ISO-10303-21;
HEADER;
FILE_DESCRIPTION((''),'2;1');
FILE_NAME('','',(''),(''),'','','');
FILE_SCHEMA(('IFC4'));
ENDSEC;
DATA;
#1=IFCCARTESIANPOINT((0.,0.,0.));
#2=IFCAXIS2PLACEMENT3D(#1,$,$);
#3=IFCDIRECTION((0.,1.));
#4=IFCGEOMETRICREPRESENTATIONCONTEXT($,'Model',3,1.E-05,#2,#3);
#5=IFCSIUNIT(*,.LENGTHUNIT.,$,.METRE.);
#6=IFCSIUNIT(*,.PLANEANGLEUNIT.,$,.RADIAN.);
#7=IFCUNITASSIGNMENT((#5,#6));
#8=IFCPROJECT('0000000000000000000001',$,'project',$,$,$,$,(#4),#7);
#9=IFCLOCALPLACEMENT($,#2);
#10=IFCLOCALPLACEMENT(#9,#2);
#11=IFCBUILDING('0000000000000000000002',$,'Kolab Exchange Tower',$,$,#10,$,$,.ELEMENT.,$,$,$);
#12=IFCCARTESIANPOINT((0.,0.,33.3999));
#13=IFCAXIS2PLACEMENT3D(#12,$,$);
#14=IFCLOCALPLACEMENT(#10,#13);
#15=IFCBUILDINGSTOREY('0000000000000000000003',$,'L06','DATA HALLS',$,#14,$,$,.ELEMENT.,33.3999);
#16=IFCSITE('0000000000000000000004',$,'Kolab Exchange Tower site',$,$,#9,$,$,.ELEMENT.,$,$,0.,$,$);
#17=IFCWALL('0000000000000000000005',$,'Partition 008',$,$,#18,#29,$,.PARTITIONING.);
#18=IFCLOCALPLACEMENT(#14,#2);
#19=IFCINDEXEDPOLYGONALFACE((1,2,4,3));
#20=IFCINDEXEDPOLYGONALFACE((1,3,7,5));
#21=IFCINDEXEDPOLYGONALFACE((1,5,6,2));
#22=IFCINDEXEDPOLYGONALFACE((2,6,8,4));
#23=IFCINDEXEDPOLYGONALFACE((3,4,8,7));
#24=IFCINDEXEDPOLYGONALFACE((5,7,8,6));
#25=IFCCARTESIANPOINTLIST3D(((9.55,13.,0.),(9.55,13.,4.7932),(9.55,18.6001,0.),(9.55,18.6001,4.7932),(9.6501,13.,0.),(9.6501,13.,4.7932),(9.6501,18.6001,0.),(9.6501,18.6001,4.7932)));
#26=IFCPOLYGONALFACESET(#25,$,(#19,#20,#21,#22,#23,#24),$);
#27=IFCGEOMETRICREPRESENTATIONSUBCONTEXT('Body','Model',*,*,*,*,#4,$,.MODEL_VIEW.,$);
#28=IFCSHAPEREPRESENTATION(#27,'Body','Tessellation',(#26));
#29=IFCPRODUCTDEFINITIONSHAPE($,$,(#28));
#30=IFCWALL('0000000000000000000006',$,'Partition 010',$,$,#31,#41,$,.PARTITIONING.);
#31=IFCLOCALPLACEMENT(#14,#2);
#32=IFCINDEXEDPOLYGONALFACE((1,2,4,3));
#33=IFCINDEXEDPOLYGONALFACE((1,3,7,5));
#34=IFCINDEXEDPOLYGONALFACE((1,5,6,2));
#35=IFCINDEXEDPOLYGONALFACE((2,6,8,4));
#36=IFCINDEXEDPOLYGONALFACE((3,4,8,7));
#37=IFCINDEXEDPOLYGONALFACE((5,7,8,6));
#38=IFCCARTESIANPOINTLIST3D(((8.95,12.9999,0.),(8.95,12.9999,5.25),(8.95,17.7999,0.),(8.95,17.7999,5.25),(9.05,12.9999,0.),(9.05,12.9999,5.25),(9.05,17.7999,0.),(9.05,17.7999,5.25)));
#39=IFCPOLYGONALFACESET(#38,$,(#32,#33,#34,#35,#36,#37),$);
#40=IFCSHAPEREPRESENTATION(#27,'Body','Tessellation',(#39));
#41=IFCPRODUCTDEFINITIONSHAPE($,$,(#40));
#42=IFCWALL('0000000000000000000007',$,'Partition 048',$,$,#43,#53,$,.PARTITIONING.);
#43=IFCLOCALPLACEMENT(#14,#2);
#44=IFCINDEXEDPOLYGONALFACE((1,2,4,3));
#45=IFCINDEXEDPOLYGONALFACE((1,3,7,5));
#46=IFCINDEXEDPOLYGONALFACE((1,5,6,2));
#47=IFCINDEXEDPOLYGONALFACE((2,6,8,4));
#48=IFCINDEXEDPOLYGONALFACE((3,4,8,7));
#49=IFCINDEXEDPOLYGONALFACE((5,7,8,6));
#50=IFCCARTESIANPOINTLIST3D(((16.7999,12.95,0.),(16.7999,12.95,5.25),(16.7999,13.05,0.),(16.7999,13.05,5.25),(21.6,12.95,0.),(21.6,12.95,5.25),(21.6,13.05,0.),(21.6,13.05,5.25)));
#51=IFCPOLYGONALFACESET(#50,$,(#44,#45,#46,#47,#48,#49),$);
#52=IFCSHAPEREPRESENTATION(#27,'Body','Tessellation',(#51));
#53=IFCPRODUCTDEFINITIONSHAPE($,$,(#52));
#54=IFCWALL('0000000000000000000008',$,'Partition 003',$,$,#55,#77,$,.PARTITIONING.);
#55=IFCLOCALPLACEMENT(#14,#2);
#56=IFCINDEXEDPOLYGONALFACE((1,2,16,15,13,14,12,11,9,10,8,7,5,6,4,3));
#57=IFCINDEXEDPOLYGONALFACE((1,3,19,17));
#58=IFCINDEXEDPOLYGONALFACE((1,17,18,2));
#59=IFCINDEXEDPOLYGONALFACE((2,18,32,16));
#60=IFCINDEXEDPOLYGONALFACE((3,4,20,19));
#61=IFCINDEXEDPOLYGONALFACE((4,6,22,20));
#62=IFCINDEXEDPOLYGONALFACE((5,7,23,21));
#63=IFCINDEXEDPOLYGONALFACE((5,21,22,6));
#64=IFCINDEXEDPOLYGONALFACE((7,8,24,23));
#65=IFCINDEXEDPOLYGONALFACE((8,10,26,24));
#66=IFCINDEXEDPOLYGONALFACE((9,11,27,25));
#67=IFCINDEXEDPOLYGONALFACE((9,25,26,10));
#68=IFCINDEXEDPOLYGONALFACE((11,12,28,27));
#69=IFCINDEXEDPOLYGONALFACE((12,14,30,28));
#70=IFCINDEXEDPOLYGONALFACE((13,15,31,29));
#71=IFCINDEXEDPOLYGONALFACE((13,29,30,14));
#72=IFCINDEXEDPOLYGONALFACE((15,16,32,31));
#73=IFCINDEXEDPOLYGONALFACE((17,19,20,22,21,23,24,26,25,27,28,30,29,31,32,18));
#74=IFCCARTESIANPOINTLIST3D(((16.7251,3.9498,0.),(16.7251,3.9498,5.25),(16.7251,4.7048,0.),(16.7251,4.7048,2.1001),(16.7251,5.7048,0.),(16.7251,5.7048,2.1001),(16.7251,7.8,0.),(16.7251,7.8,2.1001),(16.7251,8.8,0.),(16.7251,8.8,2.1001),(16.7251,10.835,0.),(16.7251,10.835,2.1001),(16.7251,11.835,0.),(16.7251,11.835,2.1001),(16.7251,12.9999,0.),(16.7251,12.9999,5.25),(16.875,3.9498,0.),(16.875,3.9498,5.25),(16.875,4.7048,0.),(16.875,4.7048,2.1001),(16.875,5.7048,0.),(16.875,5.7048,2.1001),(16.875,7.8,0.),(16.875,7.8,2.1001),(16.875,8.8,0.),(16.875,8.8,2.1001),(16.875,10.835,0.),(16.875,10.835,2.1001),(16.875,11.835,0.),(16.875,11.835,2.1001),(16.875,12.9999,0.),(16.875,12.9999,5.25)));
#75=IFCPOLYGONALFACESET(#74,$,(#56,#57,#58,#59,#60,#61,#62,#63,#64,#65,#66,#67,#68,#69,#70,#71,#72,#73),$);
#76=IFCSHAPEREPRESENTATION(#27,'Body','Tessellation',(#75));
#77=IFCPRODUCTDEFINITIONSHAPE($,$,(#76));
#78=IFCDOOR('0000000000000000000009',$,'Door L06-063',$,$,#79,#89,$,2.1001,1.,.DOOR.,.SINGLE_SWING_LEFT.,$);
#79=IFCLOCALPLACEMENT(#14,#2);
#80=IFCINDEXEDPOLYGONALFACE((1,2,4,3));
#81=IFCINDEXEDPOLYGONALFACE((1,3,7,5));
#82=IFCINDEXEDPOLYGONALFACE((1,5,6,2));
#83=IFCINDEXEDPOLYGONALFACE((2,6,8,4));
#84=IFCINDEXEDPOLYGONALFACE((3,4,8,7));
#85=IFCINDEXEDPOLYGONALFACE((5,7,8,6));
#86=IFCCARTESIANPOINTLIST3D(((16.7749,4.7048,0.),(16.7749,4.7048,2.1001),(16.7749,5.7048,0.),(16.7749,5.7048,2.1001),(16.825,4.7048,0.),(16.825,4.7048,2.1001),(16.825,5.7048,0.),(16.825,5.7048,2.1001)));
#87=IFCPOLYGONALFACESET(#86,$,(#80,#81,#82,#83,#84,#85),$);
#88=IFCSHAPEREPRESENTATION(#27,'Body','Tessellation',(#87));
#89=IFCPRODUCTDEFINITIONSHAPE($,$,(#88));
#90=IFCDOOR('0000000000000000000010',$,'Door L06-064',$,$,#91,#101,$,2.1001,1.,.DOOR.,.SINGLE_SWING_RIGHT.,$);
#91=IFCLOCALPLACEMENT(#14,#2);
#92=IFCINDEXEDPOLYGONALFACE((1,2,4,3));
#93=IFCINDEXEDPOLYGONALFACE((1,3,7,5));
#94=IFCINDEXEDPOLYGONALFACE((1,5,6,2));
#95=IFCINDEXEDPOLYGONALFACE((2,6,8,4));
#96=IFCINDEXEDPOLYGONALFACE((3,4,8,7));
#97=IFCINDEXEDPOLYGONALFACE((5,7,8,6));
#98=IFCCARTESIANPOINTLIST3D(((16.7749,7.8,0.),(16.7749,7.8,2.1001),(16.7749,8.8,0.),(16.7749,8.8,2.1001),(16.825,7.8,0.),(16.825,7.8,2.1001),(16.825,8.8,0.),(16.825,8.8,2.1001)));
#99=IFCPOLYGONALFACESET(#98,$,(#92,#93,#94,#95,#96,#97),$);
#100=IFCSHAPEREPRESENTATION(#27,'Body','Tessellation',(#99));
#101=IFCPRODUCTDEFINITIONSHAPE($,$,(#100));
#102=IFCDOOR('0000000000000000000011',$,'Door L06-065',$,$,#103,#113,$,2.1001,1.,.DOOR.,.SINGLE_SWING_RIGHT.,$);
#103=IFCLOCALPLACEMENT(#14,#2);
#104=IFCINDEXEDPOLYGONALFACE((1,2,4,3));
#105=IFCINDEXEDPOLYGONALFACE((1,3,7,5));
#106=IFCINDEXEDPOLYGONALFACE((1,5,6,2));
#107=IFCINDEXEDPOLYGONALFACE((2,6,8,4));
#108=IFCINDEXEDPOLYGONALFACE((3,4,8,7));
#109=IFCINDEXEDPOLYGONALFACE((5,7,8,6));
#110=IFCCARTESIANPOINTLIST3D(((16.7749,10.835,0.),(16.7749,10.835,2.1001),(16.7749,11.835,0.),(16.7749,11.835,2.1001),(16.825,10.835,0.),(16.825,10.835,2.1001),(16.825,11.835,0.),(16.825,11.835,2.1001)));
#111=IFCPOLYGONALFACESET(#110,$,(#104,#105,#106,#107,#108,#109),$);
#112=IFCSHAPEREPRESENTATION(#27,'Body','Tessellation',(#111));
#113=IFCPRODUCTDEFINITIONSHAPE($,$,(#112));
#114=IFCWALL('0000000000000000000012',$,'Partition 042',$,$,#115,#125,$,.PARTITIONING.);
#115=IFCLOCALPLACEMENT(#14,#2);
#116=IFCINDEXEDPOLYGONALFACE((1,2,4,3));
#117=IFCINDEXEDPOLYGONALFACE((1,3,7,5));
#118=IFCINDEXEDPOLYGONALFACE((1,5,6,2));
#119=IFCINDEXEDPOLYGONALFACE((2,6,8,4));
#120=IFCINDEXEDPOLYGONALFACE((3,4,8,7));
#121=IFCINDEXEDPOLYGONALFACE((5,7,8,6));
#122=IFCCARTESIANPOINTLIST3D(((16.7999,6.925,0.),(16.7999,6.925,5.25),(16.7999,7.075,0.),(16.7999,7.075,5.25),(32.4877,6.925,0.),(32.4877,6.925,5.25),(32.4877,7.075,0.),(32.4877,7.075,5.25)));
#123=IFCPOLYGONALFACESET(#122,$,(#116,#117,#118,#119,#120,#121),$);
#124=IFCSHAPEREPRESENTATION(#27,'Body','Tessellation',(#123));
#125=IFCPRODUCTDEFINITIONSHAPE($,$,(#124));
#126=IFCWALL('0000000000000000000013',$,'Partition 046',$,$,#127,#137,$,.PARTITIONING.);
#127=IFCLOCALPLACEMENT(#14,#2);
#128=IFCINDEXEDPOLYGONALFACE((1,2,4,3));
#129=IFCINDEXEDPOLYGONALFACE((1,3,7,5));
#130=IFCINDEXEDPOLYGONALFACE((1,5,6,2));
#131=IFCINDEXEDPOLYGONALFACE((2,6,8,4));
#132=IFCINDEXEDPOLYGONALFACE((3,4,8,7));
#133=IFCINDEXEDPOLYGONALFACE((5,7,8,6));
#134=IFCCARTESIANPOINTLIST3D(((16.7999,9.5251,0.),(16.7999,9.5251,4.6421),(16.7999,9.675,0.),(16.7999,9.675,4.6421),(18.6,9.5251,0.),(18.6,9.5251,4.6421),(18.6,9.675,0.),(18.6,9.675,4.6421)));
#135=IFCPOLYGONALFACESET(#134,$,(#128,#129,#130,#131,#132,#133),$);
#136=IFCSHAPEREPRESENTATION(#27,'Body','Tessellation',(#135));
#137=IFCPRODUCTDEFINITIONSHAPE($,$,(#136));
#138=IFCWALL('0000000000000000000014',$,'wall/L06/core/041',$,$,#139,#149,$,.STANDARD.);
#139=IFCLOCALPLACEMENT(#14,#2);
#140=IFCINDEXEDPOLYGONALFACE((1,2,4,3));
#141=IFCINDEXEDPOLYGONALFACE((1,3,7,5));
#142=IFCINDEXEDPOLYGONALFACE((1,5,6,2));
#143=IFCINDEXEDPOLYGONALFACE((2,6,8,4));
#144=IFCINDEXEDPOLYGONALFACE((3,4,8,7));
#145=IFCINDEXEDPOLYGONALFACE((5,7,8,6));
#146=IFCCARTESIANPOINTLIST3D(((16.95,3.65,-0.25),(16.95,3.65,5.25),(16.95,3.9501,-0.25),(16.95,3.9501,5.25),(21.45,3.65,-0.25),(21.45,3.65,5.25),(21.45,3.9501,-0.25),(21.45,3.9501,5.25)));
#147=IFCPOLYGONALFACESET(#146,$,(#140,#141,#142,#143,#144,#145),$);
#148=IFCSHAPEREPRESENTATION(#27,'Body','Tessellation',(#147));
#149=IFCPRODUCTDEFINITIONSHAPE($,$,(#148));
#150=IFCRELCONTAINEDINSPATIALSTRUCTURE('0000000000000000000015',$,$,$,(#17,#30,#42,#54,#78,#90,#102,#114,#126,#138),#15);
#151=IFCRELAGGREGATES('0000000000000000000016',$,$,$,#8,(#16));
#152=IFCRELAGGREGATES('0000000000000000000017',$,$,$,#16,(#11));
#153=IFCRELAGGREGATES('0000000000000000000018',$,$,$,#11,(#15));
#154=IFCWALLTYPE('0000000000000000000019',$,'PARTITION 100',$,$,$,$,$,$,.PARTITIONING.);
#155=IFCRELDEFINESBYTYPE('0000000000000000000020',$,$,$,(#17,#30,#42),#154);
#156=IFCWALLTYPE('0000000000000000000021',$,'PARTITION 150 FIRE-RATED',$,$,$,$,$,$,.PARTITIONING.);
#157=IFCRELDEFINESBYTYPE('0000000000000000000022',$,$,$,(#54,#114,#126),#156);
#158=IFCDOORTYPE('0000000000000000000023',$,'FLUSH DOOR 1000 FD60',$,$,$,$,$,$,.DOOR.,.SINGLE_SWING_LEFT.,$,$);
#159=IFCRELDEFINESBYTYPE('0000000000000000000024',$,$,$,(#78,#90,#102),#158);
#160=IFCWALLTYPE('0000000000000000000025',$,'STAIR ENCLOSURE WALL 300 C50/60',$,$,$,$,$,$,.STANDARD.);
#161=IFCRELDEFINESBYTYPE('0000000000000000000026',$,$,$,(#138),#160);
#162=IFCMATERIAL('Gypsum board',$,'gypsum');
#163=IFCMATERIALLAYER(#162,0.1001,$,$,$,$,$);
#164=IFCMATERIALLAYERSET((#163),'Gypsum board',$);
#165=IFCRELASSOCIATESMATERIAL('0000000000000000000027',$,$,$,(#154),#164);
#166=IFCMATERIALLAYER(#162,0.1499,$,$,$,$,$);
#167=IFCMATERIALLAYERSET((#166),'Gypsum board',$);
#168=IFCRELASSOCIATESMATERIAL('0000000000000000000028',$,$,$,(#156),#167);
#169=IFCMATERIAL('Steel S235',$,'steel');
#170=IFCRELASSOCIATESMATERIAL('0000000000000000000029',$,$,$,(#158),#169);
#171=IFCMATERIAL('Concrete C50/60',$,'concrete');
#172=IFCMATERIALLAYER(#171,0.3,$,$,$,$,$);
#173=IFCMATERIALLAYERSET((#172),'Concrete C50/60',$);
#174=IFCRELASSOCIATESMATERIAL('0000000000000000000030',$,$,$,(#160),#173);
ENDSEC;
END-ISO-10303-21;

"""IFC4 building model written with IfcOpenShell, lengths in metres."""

from ifc_helpers import new_model, si_unit, direction, frame, frame_2d, origin, place, context, subcontext, project, spatial, rectangle, extrude, material, layer, layer_set, type_object, element, fill, save


model = new_model("IFC4")

# Units and contexts
model_context = context("Model", 3, precision=1e-05, world=origin(), true_north=direction((0.0, 1.0)))
body_context = subcontext(model_context, "Body", "Model", "MODEL_VIEW")
ifc_project = project(units=[si_unit("LENGTHUNIT", "METRE"), si_unit("PLANEANGLEUNIT", "RADIAN")], contexts=[model_context])

# Site, building, storey
site_placement = place(None, origin())
site = spatial("IfcSite", under=ifc_project, at=site_placement, Name="Kolab Exchange Tower site", CompositionType="ELEMENT", RefElevation=0.0)
building_placement = place(site_placement, origin())
building = spatial("IfcBuilding", under=site, at=building_placement, Name="Kolab Exchange Tower", CompositionType="ELEMENT")
storey_placement = place(building_placement, frame((0.0, 0.0, 33.3999)))
storey = spatial("IfcBuildingStorey", under=building, at=storey_placement, Name="L06", Description="DATA HALLS", CompositionType="ELEMENT", Elevation=33.3999)

# Shared definitions
ifc_material_1 = material(Name="Steel S235", Category="steel")

# Walls
ifc_material_2 = material(Name="Concrete C50/60", Category="concrete")
ifc_material_3 = material(Name="Gypsum board", Category="gypsum")
ifc_layer_1 = layer(ifc_material_3, 0.1001)
ifc_layer_set_1 = layer_set([ifc_layer_1], Name="Gypsum board")
wall_type_1 = type_object("IfcWallType", Name="PARTITION 100", PredefinedType="PARTITIONING", material=ifc_layer_set_1)
wall_1_placement = place(storey_placement, frame((9.6001, 13.0, 0.0), z_axis=(0.0, 0.0, 1.0), x_axis=(0.0, 1.0, 0.0)))
element("IfcWall", 1, at=wall_1_placement, inside=storey, type_object=wall_type_1, Name="Partition 008", PredefinedType="PARTITIONING", context=body_context, shape_type="SweptSolid", body=[
    extrude(rectangle(XDim=5.6001, YDim=0.1001, at=frame_2d((2.8, 0.0))), origin(), (0.0, 0.0, 1.0), 4.7932),
])
for number, where, z_axis, x_axis, name in (
    (2, (9.0, 13.0, 0.0), (0.0, 0.0, 1.0), (0.0, 1.0, 0.0), "Partition 010"),
    (3, (16.8, 13.0, 0.0), (0.0, 0.0, 1.0), (1.0, 0.0, 0.0), "Partition 048"),
):
    element("IfcWall", number, at=place(storey_placement, frame(where, z_axis=z_axis, x_axis=x_axis)), inside=storey, type_object=wall_type_1, Name=name, PredefinedType="PARTITIONING", context=body_context, shape_type="SweptSolid", body=[
        extrude(rectangle(XDim=4.8, YDim=0.1001, at=frame_2d((2.3999, 0.0))), origin(), (0.0, 0.0, 1.0), 5.25),
    ])

# Wall, openings, doors
ifc_layer_2 = layer(ifc_material_3, 0.1499)
ifc_layer_set_2 = layer_set([ifc_layer_2], Name="Gypsum board")
wall_type_2 = type_object("IfcWallType", Name="PARTITION 150 FIRE-RATED", PredefinedType="PARTITIONING", material=ifc_layer_set_2)
wall_2_placement = place(storey_placement, frame((16.8, 3.95, 0.0), z_axis=(0.0, 0.0, 1.0), x_axis=(0.0, 1.0, 0.0)))
wall_2 = element("IfcWall", 4, at=wall_2_placement, inside=storey, type_object=wall_type_2, Name="Partition 003", PredefinedType="PARTITIONING", context=body_context, shape_type="SweptSolid", body=[
    extrude(rectangle(XDim=9.05, YDim=0.1499, at=frame_2d((4.5249, 0.0))), origin(), (0.0, 0.0, 1.0), 5.25),
])
opening_1_placement = place(wall_2_placement, frame((0.7549, 0.0, 0.0)))
opening_1 = element("IfcOpeningElement", 5, at=opening_1_placement, cuts=wall_2, PredefinedType="OPENING", context=body_context, shape_type="SweptSolid", body=[
    extrude(rectangle(XDim=1.0, YDim=2.1001, at=frame_2d((0.5, 1.05))), frame((0.0, 0.085, 0.0), z_axis=(0.0, -1.0, 0.0), x_axis=(1.0, 0.0, 0.0)), (0.0, 0.0, 1.0), 0.1699),
])
opening_2_placement = place(wall_2_placement, frame((3.8501, 0.0, 0.0)))
opening_2 = element("IfcOpeningElement", 6, at=opening_2_placement, cuts=wall_2, PredefinedType="OPENING", context=body_context, shape_type="SweptSolid", body=[
    extrude(rectangle(XDim=1.0, YDim=2.1001, at=frame_2d((0.5, 1.05))), frame((0.0, 0.085, 0.0), z_axis=(0.0, -1.0, 0.0), x_axis=(1.0, 0.0, 0.0)), (0.0, 0.0, 1.0), 0.1699),
])
opening_3_placement = place(wall_2_placement, frame((6.885, 0.0, 0.0)))
opening_3 = element("IfcOpeningElement", 7, at=opening_3_placement, cuts=wall_2, PredefinedType="OPENING", context=body_context, shape_type="SweptSolid", body=[
    extrude(rectangle(XDim=1.0, YDim=2.1001, at=frame_2d((0.5, 1.05))), frame((0.0, 0.085, 0.0), z_axis=(0.0, -1.0, 0.0), x_axis=(1.0, 0.0, 0.0)), (0.0, 0.0, 1.0), 0.1699),
])
door_type_1 = type_object("IfcDoorType", Name="FLUSH DOOR 1000 FD60", OperationType="SINGLE_SWING_LEFT", PredefinedType="DOOR", material=ifc_material_1)
door_1_placement = place(opening_1_placement, frame((1.0, 0.0, 0.0), z_axis=(0.0, 0.0, 1.0), x_axis=(-1.0, 0.0, 0.0)))
door_1 = element("IfcDoor", 8, at=door_1_placement, inside=storey, type_object=door_type_1, Name="Door L06-063", OperationType="SINGLE_SWING_LEFT", OverallHeight=2.1001, OverallWidth=1.0, PredefinedType="DOOR", context=body_context, shape_type="SweptSolid", body=[
    extrude(rectangle(XDim=1.0, YDim=2.1001, at=frame_2d((0.5, 1.05))), frame((0.0, 0.0249, 0.0), z_axis=(0.0, -1.0, 0.0), x_axis=(1.0, 0.0, 0.0)), (0.0, 0.0, 1.0), 0.05),
])
fill(opening_1, door_1)
door_2_placement = place(opening_2_placement, frame((1.0, 0.0, 0.0), z_axis=(0.0, 0.0, 1.0), x_axis=(-1.0, 0.0, 0.0)))
door_2 = element("IfcDoor", 9, at=door_2_placement, inside=storey, type_object=door_type_1, Name="Door L06-064", OperationType="SINGLE_SWING_RIGHT", OverallHeight=2.1001, OverallWidth=1.0, PredefinedType="DOOR", context=body_context, shape_type="SweptSolid", body=[
    extrude(rectangle(XDim=1.0, YDim=2.1001, at=frame_2d((0.5, 1.05))), frame((0.0, 0.0249, 0.0), z_axis=(0.0, -1.0, 0.0), x_axis=(1.0, 0.0, 0.0)), (0.0, 0.0, 1.0), 0.05),
])
fill(opening_2, door_2)
door_3_placement = place(opening_3_placement, frame((1.0, 0.0, 0.0), z_axis=(0.0, 0.0, 1.0), x_axis=(-1.0, 0.0, 0.0)))
door_3 = element("IfcDoor", 10, at=door_3_placement, inside=storey, type_object=door_type_1, Name="Door L06-065", OperationType="SINGLE_SWING_RIGHT", OverallHeight=2.1001, OverallWidth=1.0, PredefinedType="DOOR", context=body_context, shape_type="SweptSolid", body=[
    extrude(rectangle(XDim=1.0, YDim=2.1001, at=frame_2d((0.5, 1.05))), frame((0.0, 0.0249, 0.0), z_axis=(0.0, -1.0, 0.0), x_axis=(1.0, 0.0, 0.0)), (0.0, 0.0, 1.0), 0.05),
])
fill(opening_3, door_3)

# Walls
wall_3_placement = place(storey_placement, frame((16.8, 7.0, 0.0), z_axis=(0.0, 0.0, 1.0), x_axis=(1.0, 0.0, 0.0)))
element("IfcWall", 11, at=wall_3_placement, inside=storey, type_object=wall_type_2, Name="Partition 042", PredefinedType="PARTITIONING", context=body_context, shape_type="SweptSolid", body=[
    extrude(rectangle(XDim=15.6877, YDim=0.1499, at=frame_2d((7.8438, 0.0))), origin(), (0.0, 0.0, 1.0), 5.25),
])
wall_4_placement = place(storey_placement, frame((16.8, 9.6001, 0.0), z_axis=(0.0, 0.0, 1.0), x_axis=(1.0, 0.0, 0.0)))
element("IfcWall", 12, at=wall_4_placement, inside=storey, type_object=wall_type_2, Name="Partition 046", PredefinedType="PARTITIONING", context=body_context, shape_type="SweptSolid", body=[
    extrude(rectangle(XDim=1.8, YDim=0.1499, at=frame_2d((0.8999, 0.0))), origin(), (0.0, 0.0, 1.0), 4.6421),
])
ifc_layer_3 = layer(ifc_material_2, 0.3)
ifc_layer_set_3 = layer_set([ifc_layer_3], Name="Concrete C50/60")
wall_type_3 = type_object("IfcWallType", Name="STAIR ENCLOSURE WALL 300 C50/60", PredefinedType="STANDARD", material=ifc_layer_set_3)
wall_5_placement = place(storey_placement, frame((16.95, 3.8, -0.25), z_axis=(0.0, 0.0, 1.0), x_axis=(1.0, 0.0, 0.0)))
element("IfcWall", 13, at=wall_5_placement, inside=storey, type_object=wall_type_3, Name="wall/L06/core/041", PredefinedType="STANDARD", context=body_context, shape_type="SweptSolid", body=[
    extrude(rectangle(XDim=4.5, YDim=0.3, at=frame_2d((2.25, 0.0))), origin(), (0.0, 0.0, 1.0), 5.5),
])

save(model, "model.ifc")
